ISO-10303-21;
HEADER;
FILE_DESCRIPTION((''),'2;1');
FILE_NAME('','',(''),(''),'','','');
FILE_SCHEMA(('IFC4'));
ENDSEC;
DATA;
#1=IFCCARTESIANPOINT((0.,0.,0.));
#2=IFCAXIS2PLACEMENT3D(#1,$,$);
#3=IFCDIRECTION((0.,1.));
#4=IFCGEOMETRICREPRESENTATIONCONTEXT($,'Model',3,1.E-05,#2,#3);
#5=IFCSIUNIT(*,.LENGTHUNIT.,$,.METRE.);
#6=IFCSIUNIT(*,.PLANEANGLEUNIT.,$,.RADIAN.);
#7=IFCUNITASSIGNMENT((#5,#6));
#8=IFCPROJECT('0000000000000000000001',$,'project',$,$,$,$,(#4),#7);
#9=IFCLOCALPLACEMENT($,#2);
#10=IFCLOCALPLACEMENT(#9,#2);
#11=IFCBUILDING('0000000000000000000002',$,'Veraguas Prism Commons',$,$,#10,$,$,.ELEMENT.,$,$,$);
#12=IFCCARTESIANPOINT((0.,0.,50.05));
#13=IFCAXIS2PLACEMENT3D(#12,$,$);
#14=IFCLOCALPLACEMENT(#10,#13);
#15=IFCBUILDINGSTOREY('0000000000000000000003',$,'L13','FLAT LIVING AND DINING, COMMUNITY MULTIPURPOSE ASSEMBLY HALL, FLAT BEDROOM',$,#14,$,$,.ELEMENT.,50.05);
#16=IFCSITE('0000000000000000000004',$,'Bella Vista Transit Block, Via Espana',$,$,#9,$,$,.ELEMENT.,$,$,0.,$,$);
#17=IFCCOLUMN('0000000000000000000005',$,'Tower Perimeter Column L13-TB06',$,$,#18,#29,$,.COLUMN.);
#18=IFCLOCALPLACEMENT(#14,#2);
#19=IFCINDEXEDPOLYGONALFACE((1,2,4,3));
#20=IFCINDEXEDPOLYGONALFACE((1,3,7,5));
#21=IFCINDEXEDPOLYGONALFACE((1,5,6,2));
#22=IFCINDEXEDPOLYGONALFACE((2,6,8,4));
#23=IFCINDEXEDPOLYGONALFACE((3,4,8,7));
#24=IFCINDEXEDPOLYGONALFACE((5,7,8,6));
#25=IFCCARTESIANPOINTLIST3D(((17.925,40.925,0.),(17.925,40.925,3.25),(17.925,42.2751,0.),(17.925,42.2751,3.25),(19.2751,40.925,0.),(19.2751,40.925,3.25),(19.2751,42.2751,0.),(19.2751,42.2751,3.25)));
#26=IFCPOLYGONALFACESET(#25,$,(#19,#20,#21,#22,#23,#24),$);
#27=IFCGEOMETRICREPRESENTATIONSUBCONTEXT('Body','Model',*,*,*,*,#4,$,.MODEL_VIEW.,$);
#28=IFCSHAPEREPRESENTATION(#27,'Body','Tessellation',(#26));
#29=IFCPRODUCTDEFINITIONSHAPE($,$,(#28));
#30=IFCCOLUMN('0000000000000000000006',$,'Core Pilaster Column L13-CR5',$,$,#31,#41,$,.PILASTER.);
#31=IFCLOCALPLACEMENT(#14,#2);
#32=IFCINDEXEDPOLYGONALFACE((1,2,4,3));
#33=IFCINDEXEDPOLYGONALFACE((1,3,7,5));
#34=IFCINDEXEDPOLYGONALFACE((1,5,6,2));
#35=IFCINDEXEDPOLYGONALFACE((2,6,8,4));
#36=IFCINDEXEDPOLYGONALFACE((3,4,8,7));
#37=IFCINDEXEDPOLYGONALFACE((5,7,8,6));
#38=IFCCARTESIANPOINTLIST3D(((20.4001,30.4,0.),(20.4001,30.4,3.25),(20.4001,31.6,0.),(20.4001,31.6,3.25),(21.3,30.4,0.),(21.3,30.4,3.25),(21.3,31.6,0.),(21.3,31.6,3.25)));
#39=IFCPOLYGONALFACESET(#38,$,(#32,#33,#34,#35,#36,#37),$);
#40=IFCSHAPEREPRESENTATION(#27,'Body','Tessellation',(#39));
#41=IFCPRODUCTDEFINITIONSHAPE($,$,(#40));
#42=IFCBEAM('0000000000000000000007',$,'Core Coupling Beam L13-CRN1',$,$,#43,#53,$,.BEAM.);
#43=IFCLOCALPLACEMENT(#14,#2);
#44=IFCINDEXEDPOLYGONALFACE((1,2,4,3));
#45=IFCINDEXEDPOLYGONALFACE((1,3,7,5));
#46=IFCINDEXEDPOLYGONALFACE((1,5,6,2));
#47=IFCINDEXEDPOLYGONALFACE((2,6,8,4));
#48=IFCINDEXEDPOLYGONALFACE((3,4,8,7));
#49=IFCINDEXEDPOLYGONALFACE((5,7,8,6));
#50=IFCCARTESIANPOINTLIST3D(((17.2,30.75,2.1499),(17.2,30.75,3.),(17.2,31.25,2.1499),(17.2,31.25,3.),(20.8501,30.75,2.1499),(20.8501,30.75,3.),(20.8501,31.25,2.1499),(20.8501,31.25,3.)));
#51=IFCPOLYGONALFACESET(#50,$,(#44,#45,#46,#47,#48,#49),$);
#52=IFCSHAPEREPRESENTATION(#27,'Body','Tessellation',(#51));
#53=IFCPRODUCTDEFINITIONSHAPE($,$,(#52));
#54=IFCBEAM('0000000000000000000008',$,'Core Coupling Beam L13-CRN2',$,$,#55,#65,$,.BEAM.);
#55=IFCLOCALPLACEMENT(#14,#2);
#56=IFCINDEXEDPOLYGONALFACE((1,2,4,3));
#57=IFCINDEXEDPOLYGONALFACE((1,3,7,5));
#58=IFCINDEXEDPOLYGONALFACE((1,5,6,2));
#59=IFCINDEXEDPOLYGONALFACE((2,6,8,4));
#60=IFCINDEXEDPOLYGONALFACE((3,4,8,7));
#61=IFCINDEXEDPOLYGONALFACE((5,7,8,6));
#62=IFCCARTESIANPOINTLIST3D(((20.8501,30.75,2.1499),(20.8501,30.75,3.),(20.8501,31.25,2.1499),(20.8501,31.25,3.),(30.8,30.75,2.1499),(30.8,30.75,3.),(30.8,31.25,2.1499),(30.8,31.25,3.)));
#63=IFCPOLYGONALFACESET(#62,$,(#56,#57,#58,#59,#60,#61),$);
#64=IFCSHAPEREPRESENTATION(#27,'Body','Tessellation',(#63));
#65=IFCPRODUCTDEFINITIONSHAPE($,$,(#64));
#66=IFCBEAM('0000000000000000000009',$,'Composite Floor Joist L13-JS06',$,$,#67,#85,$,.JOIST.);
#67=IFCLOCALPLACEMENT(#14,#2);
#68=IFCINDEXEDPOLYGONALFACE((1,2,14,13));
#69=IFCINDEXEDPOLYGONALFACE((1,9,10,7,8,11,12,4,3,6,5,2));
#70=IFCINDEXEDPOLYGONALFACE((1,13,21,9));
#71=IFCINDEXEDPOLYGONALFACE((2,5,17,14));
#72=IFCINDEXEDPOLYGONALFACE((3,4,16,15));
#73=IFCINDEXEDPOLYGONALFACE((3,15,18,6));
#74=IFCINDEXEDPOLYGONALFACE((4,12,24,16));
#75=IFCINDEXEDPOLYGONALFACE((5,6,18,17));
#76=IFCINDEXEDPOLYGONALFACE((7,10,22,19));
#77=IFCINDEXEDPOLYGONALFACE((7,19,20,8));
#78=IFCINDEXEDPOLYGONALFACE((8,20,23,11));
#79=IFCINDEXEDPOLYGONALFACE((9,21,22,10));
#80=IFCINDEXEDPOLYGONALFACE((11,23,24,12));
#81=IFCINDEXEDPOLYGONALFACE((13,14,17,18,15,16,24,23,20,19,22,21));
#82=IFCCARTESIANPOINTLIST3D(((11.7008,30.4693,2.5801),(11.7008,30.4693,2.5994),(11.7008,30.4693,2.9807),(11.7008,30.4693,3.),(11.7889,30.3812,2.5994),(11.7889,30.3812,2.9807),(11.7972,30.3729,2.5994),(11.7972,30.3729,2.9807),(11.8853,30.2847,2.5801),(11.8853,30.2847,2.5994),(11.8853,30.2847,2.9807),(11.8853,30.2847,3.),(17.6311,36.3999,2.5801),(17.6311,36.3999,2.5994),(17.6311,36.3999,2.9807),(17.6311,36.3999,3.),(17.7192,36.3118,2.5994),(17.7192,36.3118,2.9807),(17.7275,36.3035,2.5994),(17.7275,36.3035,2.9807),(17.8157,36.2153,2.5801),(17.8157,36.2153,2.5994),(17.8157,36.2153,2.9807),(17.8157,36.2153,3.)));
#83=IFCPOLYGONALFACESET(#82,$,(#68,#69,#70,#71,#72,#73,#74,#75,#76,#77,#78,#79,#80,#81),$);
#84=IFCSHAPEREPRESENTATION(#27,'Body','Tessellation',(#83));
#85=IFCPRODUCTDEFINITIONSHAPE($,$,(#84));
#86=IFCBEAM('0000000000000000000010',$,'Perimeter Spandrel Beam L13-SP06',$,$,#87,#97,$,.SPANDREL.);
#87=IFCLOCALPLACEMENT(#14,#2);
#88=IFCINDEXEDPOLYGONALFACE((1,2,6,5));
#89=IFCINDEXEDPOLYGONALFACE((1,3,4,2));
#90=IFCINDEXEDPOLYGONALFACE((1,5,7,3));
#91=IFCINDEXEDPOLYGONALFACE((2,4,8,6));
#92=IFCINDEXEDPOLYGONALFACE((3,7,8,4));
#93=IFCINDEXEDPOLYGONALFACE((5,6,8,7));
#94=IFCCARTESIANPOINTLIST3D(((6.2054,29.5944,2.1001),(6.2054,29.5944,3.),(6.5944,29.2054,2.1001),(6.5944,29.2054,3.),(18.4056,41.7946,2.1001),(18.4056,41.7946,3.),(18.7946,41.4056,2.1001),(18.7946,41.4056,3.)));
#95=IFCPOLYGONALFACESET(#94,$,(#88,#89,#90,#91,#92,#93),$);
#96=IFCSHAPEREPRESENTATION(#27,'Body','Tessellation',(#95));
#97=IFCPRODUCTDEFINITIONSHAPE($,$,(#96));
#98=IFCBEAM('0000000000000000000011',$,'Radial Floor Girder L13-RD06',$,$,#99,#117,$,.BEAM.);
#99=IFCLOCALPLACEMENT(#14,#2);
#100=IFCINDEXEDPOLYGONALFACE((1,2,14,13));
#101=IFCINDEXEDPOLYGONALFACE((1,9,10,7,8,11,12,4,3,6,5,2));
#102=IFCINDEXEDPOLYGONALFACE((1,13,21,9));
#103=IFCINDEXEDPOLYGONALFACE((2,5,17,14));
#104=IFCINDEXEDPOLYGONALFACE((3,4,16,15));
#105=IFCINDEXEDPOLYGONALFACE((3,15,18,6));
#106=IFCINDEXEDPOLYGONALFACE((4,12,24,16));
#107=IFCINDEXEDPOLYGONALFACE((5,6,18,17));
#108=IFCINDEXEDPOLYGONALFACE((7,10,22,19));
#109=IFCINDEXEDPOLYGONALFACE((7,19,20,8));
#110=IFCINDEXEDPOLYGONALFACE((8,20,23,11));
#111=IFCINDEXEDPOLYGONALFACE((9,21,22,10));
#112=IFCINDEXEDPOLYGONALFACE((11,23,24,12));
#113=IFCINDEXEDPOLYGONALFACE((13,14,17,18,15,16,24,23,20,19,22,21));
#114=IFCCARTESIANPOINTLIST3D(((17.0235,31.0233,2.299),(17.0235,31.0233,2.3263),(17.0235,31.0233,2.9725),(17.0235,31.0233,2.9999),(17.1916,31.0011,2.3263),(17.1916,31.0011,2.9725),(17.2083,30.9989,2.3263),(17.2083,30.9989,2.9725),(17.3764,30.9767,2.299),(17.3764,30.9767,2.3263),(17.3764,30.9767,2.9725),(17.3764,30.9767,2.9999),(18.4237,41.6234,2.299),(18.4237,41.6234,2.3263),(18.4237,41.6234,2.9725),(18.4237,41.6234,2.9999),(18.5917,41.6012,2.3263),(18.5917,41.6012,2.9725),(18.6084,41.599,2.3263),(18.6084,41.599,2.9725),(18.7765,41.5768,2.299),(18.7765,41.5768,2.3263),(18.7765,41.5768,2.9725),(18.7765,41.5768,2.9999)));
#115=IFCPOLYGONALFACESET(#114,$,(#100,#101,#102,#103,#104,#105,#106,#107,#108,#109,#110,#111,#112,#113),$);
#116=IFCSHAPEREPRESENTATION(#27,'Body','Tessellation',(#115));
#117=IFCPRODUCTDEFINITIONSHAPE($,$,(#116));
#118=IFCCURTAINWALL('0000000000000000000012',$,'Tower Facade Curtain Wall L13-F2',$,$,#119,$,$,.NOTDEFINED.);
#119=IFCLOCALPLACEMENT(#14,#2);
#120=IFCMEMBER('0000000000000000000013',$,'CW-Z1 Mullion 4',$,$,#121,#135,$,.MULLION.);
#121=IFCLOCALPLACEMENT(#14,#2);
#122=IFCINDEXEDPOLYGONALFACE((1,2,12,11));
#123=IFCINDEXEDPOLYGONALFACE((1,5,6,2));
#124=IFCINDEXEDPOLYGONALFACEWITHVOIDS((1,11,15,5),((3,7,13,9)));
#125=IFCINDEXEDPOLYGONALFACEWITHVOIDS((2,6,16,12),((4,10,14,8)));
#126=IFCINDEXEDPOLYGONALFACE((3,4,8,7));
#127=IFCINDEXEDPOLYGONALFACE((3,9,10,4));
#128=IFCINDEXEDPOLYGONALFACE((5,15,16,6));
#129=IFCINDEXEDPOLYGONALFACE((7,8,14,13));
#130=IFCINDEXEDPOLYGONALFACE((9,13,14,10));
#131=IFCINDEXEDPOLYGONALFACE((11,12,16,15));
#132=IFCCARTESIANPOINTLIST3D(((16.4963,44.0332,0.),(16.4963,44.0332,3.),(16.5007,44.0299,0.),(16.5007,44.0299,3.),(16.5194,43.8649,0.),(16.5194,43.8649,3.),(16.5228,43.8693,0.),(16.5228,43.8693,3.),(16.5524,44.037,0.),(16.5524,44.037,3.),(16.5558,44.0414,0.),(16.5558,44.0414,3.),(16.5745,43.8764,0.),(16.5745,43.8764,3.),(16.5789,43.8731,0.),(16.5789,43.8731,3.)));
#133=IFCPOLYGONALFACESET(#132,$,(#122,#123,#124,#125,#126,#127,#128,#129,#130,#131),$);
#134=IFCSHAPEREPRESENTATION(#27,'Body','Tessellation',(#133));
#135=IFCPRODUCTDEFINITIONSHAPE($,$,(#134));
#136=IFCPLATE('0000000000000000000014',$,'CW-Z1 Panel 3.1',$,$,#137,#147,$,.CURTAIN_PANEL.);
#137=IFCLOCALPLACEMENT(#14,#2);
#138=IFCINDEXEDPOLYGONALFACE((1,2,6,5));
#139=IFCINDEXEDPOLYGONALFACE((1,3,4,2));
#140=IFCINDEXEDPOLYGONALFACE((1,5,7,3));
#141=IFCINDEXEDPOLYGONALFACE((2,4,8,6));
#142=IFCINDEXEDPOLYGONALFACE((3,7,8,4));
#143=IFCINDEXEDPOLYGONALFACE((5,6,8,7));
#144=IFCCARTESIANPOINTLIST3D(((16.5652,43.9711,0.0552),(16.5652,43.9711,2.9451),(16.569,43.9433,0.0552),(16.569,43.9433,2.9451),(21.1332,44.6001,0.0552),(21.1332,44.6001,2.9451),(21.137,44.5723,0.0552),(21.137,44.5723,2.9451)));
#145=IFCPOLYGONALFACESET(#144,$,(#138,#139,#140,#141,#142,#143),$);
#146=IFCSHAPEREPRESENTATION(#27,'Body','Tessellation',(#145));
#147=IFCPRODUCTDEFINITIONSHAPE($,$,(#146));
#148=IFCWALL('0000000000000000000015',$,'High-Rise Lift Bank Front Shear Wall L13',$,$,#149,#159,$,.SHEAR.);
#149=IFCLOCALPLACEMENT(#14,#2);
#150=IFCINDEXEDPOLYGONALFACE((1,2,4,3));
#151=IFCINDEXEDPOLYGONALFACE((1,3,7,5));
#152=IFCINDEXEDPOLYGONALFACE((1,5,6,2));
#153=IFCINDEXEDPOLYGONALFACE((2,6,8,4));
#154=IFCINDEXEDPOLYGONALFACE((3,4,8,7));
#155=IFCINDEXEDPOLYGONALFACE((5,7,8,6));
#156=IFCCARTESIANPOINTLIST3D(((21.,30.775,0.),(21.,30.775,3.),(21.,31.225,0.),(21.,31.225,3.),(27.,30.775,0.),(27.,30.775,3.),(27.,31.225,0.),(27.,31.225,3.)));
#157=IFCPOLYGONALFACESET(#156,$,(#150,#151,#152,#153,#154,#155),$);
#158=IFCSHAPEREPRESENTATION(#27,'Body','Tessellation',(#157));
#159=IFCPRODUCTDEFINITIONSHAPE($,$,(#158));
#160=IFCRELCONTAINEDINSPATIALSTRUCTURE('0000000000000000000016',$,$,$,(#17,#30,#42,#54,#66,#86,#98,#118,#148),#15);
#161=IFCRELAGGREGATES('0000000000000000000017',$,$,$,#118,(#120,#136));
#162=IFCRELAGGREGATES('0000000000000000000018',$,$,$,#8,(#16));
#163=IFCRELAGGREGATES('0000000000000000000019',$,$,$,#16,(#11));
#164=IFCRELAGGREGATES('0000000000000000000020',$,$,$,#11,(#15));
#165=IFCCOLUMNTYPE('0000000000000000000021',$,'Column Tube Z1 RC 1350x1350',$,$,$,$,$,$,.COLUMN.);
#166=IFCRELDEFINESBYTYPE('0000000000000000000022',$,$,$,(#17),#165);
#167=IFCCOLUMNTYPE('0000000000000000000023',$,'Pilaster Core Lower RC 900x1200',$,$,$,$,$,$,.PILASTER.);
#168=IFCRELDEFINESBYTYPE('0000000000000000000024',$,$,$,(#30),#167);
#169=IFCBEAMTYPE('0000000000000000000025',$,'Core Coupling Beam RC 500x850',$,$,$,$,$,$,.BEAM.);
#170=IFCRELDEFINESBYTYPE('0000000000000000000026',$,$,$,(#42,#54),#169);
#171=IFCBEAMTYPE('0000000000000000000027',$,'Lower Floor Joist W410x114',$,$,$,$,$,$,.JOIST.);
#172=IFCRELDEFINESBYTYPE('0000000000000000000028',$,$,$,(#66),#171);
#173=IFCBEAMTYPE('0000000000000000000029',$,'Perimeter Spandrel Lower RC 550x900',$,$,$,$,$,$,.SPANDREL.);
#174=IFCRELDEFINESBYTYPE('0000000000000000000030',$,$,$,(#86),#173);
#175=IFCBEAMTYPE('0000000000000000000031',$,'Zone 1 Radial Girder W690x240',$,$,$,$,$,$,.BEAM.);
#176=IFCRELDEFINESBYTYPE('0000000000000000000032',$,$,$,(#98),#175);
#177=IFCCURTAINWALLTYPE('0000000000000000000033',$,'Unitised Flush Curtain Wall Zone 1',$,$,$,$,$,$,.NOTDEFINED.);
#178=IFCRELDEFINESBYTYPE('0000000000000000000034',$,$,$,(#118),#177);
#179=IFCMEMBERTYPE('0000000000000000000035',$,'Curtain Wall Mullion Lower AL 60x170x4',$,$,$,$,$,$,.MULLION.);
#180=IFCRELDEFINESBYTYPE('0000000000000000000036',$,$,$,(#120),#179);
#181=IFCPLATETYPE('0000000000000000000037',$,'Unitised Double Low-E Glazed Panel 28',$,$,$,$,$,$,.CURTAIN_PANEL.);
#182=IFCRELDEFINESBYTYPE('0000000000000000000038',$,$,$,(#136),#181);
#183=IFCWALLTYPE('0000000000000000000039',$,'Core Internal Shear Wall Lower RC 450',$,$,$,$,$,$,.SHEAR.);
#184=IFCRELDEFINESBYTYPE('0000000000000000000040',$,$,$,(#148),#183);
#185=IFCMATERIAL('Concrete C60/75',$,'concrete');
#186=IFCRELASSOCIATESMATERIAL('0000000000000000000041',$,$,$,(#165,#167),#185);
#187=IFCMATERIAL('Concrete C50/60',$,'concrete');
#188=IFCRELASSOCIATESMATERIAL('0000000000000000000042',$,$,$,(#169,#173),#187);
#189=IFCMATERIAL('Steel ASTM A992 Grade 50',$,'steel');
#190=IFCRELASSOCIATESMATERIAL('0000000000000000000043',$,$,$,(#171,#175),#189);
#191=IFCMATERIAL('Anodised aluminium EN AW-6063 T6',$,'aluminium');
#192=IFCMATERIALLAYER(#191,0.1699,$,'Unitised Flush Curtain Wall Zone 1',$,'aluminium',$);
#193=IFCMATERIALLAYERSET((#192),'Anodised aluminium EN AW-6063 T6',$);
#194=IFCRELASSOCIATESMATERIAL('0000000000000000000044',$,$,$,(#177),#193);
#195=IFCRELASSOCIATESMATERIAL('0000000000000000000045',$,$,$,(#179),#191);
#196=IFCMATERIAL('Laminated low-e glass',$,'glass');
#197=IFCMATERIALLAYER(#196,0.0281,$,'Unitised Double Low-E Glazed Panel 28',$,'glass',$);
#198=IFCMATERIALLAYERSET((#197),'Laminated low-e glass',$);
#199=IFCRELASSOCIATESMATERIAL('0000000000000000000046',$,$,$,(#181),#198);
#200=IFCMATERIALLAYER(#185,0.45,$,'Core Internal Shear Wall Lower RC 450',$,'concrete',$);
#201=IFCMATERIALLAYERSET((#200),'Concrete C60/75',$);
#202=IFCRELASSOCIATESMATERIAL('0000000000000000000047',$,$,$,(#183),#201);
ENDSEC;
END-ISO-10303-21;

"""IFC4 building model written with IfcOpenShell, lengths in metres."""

from ifc_helpers import new_model, si_unit, direction, frame, frame_2d, origin, origin_2d, place, context, subcontext, project, spatial, rectangle, hollow_rectangle, i_section, extrude, source, transform, mapped, material, layer, layer_set, material_profile, profile_set, type_object, element, aggregate, save


model = new_model("IFC4")

# Units and contexts
model_context = context("Model", 3, precision=1e-05, world=origin(), true_north=direction((0.0, 1.0)))
body_context = subcontext(model_context, "Body", "Model", "MODEL_VIEW")
ifc_project = project(units=[si_unit("LENGTHUNIT", "METRE"), si_unit("PLANEANGLEUNIT", "RADIAN")], contexts=[model_context])

# Site, building, storey
site_placement = place(None, origin())
site = spatial("IfcSite", under=ifc_project, at=site_placement, Name="Bella Vista Transit Block, Via Espana", CompositionType="ELEMENT", RefElevation=0.0)
building_placement = place(site_placement, origin())
building = spatial("IfcBuilding", under=site, at=building_placement, Name="Veraguas Prism Commons", CompositionType="ELEMENT")
storey_placement = place(building_placement, frame((0.0, 0.0, 50.05)))
storey = spatial("IfcBuildingStorey", under=building, at=storey_placement, Name="L13", Description="FLAT LIVING AND DINING, COMMUNITY MULTIPURPOSE ASSEMBLY HALL, FLAT BEDROOM", CompositionType="ELEMENT", Elevation=50.05)

# Columns
ifc_material_1 = material(Name="Concrete C60/75", Category="concrete")
ifc_material_profile_1 = material_profile(ifc_material_1, rectangle(XDim=1.3501, YDim=1.3501, at=origin_2d()), Name="RC1350X1350")
ifc_profile_set_1 = profile_set([ifc_material_profile_1], Name="Concrete C60/75")
column_type_1 = type_object("IfcColumnType", Name="Column Tube Z1 RC 1350x1350", PredefinedType="COLUMN", material=ifc_profile_set_1)
column_1_placement = place(storey_placement, frame((18.6001, 41.6001, 0.0), z_axis=(0.0, 0.0, 1.0), x_axis=(1.0, 0.0, 0.0)))
element("IfcColumn", 1, at=column_1_placement, inside=storey, type_object=column_type_1, Name="Tower Perimeter Column L13-TB06", PredefinedType="COLUMN", context=body_context, shape_type="SweptSolid", body=[
    extrude(rectangle(XDim=1.3501, YDim=1.3501, at=origin_2d()), origin(), (0.0, 0.0, 1.0), 3.25),
])
ifc_material_profile_2 = material_profile(ifc_material_1, rectangle(XDim=0.8999, YDim=1.2, at=origin_2d()), Name="RC900X1200")
ifc_profile_set_2 = profile_set([ifc_material_profile_2], Name="Concrete C60/75")
column_type_2 = type_object("IfcColumnType", Name="Pilaster Core Lower RC 900x1200", PredefinedType="PILASTER", material=ifc_profile_set_2)
column_2_placement = place(storey_placement, frame((20.8501, 31.0, 0.0), z_axis=(0.0, 0.0, 1.0), x_axis=(1.0, 0.0, 0.0)))
element("IfcColumn", 2, at=column_2_placement, inside=storey, type_object=column_type_2, Name="Core Pilaster Column L13-CR5", PredefinedType="PILASTER", context=body_context, shape_type="SweptSolid", body=[
    extrude(rectangle(XDim=0.8999, YDim=1.2, at=origin_2d()), origin(), (0.0, 0.0, 1.0), 3.25),
])

# Beams
ifc_material_2 = material(Name="Concrete C50/60", Category="concrete")
ifc_material_profile_3 = material_profile(ifc_material_2, rectangle(XDim=0.5, YDim=0.8501, at=origin_2d()), Name="RC500X850")
ifc_profile_set_3 = profile_set([ifc_material_profile_3], Name="Concrete C50/60")
beam_type_1 = type_object("IfcBeamType", Name="Core Coupling Beam RC 500x850", PredefinedType="BEAM", material=ifc_profile_set_3)
beam_1_placement = place(storey_placement, frame((17.2, 31.0, 2.575), z_axis=(1.0, 0.0, 0.0), x_axis=(0.0, 1.0, 0.0)))
element("IfcBeam", 3, at=beam_1_placement, inside=storey, type_object=beam_type_1, Name="Core Coupling Beam L13-CRN1", PredefinedType="BEAM", context=body_context, shape_type="SweptSolid", body=[
    extrude(rectangle(XDim=0.5, YDim=0.8501, at=origin_2d()), origin(), (0.0, 0.0, 1.0), 3.6501),
])
beam_2_placement = place(storey_placement, frame((20.8501, 31.0, 2.575), z_axis=(1.0, 0.0, 0.0), x_axis=(0.0, 1.0, 0.0)))
element("IfcBeam", 4, at=beam_2_placement, inside=storey, type_object=beam_type_1, Name="Core Coupling Beam L13-CRN2", PredefinedType="BEAM", context=body_context, shape_type="SweptSolid", body=[
    extrude(rectangle(XDim=0.5, YDim=0.8501, at=origin_2d()), origin(), (0.0, 0.0, 1.0), 9.95),
])
ifc_material_3 = material(Name="Steel ASTM A992 Grade 50", Category="steel")
ifc_material_profile_4 = material_profile(ifc_material_3, i_section(OverallWidth=0.261, OverallDepth=0.4199, WebThickness=0.0117, FlangeThickness=0.0193, at=origin_2d()), Name="W410X114")
ifc_profile_set_4 = profile_set([ifc_material_profile_4], Name="Steel ASTM A992 Grade 50")
beam_type_2 = type_object("IfcBeamType", Name="Lower Floor Joist W410x114", PredefinedType="JOIST", material=ifc_profile_set_4)
beam_3_placement = place(storey_placement, frame((17.7234, 36.3076, 2.79), z_axis=(-0.707092, -0.707121, 0.0), x_axis=(0.707121, -0.707092, 0.0)))
element("IfcBeam", 5, at=beam_3_placement, inside=storey, type_object=beam_type_2, Name="Composite Floor Joist L13-JS06", PredefinedType="JOIST", context=body_context, shape_type="SweptSolid", body=[
    extrude(i_section(OverallWidth=0.261, OverallDepth=0.4199, WebThickness=0.0117, FlangeThickness=0.0193, at=origin_2d()), origin(), (0.0, 0.0, 1.0), 8.387),
])
ifc_material_profile_5 = material_profile(ifc_material_2, rectangle(XDim=0.55, YDim=0.8999, at=origin_2d()), Name="RC550X900")
ifc_profile_set_5 = profile_set([ifc_material_profile_5], Name="Concrete C50/60")
beam_type_3 = type_object("IfcBeamType", Name="Perimeter Spandrel Lower RC 550x900", PredefinedType="SPANDREL", material=ifc_profile_set_5)
beam_4_placement = place(storey_placement, frame((18.6001, 41.6001, 2.55), z_axis=(-0.707107, -0.707107, 0.0), x_axis=(0.707107, -0.707107, 0.0)))
element("IfcBeam", 6, at=beam_4_placement, inside=storey, type_object=beam_type_3, Name="Perimeter Spandrel Beam L13-SP06", PredefinedType="SPANDREL", context=body_context, shape_type="SweptSolid", body=[
    extrude(rectangle(XDim=0.55, YDim=0.8999, at=origin_2d()), origin(), (0.0, 0.0, 1.0), 17.2537),
])
ifc_material_profile_6 = material_profile(ifc_material_3, i_section(OverallWidth=0.356, OverallDepth=0.7009, WebThickness=0.0168, FlangeThickness=0.0273, at=origin_2d()), Name="W690X240")
ifc_profile_set_6 = profile_set([ifc_material_profile_6], Name="Steel ASTM A992 Grade 50")
beam_type_4 = type_object("IfcBeamType", Name="Zone 1 Radial Girder W690x240", PredefinedType="BEAM", material=ifc_profile_set_6)
beam_5_placement = place(storey_placement, frame((18.6001, 41.6001, 2.6494), z_axis=(-0.130951, -0.991389, 0.0), x_axis=(0.991389, -0.130951, 0.0)))
element("IfcBeam", 7, at=beam_5_placement, inside=storey, type_object=beam_type_4, Name="Radial Floor Girder L13-RD06", PredefinedType="BEAM", context=body_context, shape_type="SweptSolid", body=[
    extrude(i_section(OverallWidth=0.356, OverallDepth=0.7009, WebThickness=0.0168, FlangeThickness=0.0273, at=origin_2d()), origin(), (0.0, 0.0, 1.0), 10.6921),
])

# Curtain wall, member, plate
ifc_material_4 = material(Name="Anodised aluminium EN AW-6063 T6", Category="aluminium")
ifc_layer_1 = layer(ifc_material_4, 0.1699, Name="Unitised Flush Curtain Wall Zone 1", Category="aluminium")
ifc_layer_set_1 = layer_set([ifc_layer_1], Name="Anodised aluminium EN AW-6063 T6")
curtain_wall_type = type_object("IfcCurtainWallType", Name="Unitised Flush Curtain Wall Zone 1", PredefinedType="NOTDEFINED", material=ifc_layer_set_1)
curtain_wall_placement = place(storey_placement, origin())
curtain_wall = element("IfcCurtainWall", 8, at=curtain_wall_placement, inside=storey, type_object=curtain_wall_type, Name="Tower Facade Curtain Wall L13-F2", PredefinedType="NOTDEFINED")
ifc_material_profile_7 = material_profile(ifc_material_4, hollow_rectangle(XDim=0.0601, YDim=0.1699, WallThickness=0.0039, at=origin_2d()), Name="AL60X170X4")
ifc_profile_set_7 = profile_set([ifc_material_profile_7], Name="Anodised aluminium EN AW-6063 T6")
member_type = type_object("IfcMemberType", Name="Curtain Wall Mullion Lower AL 60x170x4", PredefinedType="MULLION", material=ifc_profile_set_7)
shared_shape_1 = source(origin(), body_context, "Body", "SweptSolid", [
    extrude(hollow_rectangle(XDim=0.0601, YDim=0.1699, WallThickness=0.0039, at=origin_2d()), origin(), (0.0, 0.0, 1.0), 3.0),
])
member_placement = place(storey_placement, frame((16.5376, 43.9531, 0.0), z_axis=(0.0, 0.0, 1.0), x_axis=(-0.990653, -0.136405, 0.0)))
member = element("IfcMember", 9, at=member_placement, type_object=member_type, Name="CW-Z1 Mullion 4", PredefinedType="MULLION", context=body_context, shape_type="MappedRepresentation", body=[
    mapped(shared_shape_1, transform((0.0, 0.0, 0.0), scale=1.0)),
])
ifc_material_5 = material(Name="Laminated low-e glass", Category="glass")
ifc_layer_2 = layer(ifc_material_5, 0.0281, Name="Unitised Double Low-E Glazed Panel 28", Category="glass")
ifc_layer_set_2 = layer_set([ifc_layer_2], Name="Laminated low-e glass")
plate_type = type_object("IfcPlateType", Name="Unitised Double Low-E Glazed Panel 28", PredefinedType="CURTAIN_PANEL", material=ifc_layer_set_2)
shared_shape_2 = source(origin(), body_context, "Body", "SweptSolid", [
    extrude(rectangle(XDim=4.6111, YDim=0.0281, at=origin_2d()), origin(), (0.0, 0.0, 1.0), 2.8899),
])
plate_placement = place(storey_placement, frame((18.8511, 44.2717, 0.0552), z_axis=(0.0, 0.0, 1.0), x_axis=(-0.990653, -0.136405, 0.0)))
plate = element("IfcPlate", 10, at=plate_placement, type_object=plate_type, Name="CW-Z1 Panel 3.1", PredefinedType="CURTAIN_PANEL", context=body_context, shape_type="MappedRepresentation", body=[
    mapped(shared_shape_2, transform((0.0, 0.0, 0.0), scale=1.0)),
])
aggregate(curtain_wall, [member, plate])

# Wall
ifc_layer_3 = layer(ifc_material_1, 0.45, Name="Core Internal Shear Wall Lower RC 450", Category="concrete")
ifc_layer_set_3 = layer_set([ifc_layer_3], Name="Concrete C60/75")
wall_type_1 = type_object("IfcWallType", Name="Core Internal Shear Wall Lower RC 450", PredefinedType="SHEAR", material=ifc_layer_set_3)
wall_1_placement = place(storey_placement, frame((21.0, 31.0, 0.0), z_axis=(0.0, 0.0, 1.0), x_axis=(1.0, 0.0, 0.0)))
element("IfcWall", 11, at=wall_1_placement, inside=storey, type_object=wall_type_1, Name="High-Rise Lift Bank Front Shear Wall L13", PredefinedType="SHEAR", context=body_context, shape_type="SweptSolid", body=[
    extrude(rectangle(XDim=6.0, YDim=0.45, at=frame_2d((3.0, 0.0))), origin(), (0.0, 0.0, 1.0), 3.0),
])

save(model, "model.ifc")
